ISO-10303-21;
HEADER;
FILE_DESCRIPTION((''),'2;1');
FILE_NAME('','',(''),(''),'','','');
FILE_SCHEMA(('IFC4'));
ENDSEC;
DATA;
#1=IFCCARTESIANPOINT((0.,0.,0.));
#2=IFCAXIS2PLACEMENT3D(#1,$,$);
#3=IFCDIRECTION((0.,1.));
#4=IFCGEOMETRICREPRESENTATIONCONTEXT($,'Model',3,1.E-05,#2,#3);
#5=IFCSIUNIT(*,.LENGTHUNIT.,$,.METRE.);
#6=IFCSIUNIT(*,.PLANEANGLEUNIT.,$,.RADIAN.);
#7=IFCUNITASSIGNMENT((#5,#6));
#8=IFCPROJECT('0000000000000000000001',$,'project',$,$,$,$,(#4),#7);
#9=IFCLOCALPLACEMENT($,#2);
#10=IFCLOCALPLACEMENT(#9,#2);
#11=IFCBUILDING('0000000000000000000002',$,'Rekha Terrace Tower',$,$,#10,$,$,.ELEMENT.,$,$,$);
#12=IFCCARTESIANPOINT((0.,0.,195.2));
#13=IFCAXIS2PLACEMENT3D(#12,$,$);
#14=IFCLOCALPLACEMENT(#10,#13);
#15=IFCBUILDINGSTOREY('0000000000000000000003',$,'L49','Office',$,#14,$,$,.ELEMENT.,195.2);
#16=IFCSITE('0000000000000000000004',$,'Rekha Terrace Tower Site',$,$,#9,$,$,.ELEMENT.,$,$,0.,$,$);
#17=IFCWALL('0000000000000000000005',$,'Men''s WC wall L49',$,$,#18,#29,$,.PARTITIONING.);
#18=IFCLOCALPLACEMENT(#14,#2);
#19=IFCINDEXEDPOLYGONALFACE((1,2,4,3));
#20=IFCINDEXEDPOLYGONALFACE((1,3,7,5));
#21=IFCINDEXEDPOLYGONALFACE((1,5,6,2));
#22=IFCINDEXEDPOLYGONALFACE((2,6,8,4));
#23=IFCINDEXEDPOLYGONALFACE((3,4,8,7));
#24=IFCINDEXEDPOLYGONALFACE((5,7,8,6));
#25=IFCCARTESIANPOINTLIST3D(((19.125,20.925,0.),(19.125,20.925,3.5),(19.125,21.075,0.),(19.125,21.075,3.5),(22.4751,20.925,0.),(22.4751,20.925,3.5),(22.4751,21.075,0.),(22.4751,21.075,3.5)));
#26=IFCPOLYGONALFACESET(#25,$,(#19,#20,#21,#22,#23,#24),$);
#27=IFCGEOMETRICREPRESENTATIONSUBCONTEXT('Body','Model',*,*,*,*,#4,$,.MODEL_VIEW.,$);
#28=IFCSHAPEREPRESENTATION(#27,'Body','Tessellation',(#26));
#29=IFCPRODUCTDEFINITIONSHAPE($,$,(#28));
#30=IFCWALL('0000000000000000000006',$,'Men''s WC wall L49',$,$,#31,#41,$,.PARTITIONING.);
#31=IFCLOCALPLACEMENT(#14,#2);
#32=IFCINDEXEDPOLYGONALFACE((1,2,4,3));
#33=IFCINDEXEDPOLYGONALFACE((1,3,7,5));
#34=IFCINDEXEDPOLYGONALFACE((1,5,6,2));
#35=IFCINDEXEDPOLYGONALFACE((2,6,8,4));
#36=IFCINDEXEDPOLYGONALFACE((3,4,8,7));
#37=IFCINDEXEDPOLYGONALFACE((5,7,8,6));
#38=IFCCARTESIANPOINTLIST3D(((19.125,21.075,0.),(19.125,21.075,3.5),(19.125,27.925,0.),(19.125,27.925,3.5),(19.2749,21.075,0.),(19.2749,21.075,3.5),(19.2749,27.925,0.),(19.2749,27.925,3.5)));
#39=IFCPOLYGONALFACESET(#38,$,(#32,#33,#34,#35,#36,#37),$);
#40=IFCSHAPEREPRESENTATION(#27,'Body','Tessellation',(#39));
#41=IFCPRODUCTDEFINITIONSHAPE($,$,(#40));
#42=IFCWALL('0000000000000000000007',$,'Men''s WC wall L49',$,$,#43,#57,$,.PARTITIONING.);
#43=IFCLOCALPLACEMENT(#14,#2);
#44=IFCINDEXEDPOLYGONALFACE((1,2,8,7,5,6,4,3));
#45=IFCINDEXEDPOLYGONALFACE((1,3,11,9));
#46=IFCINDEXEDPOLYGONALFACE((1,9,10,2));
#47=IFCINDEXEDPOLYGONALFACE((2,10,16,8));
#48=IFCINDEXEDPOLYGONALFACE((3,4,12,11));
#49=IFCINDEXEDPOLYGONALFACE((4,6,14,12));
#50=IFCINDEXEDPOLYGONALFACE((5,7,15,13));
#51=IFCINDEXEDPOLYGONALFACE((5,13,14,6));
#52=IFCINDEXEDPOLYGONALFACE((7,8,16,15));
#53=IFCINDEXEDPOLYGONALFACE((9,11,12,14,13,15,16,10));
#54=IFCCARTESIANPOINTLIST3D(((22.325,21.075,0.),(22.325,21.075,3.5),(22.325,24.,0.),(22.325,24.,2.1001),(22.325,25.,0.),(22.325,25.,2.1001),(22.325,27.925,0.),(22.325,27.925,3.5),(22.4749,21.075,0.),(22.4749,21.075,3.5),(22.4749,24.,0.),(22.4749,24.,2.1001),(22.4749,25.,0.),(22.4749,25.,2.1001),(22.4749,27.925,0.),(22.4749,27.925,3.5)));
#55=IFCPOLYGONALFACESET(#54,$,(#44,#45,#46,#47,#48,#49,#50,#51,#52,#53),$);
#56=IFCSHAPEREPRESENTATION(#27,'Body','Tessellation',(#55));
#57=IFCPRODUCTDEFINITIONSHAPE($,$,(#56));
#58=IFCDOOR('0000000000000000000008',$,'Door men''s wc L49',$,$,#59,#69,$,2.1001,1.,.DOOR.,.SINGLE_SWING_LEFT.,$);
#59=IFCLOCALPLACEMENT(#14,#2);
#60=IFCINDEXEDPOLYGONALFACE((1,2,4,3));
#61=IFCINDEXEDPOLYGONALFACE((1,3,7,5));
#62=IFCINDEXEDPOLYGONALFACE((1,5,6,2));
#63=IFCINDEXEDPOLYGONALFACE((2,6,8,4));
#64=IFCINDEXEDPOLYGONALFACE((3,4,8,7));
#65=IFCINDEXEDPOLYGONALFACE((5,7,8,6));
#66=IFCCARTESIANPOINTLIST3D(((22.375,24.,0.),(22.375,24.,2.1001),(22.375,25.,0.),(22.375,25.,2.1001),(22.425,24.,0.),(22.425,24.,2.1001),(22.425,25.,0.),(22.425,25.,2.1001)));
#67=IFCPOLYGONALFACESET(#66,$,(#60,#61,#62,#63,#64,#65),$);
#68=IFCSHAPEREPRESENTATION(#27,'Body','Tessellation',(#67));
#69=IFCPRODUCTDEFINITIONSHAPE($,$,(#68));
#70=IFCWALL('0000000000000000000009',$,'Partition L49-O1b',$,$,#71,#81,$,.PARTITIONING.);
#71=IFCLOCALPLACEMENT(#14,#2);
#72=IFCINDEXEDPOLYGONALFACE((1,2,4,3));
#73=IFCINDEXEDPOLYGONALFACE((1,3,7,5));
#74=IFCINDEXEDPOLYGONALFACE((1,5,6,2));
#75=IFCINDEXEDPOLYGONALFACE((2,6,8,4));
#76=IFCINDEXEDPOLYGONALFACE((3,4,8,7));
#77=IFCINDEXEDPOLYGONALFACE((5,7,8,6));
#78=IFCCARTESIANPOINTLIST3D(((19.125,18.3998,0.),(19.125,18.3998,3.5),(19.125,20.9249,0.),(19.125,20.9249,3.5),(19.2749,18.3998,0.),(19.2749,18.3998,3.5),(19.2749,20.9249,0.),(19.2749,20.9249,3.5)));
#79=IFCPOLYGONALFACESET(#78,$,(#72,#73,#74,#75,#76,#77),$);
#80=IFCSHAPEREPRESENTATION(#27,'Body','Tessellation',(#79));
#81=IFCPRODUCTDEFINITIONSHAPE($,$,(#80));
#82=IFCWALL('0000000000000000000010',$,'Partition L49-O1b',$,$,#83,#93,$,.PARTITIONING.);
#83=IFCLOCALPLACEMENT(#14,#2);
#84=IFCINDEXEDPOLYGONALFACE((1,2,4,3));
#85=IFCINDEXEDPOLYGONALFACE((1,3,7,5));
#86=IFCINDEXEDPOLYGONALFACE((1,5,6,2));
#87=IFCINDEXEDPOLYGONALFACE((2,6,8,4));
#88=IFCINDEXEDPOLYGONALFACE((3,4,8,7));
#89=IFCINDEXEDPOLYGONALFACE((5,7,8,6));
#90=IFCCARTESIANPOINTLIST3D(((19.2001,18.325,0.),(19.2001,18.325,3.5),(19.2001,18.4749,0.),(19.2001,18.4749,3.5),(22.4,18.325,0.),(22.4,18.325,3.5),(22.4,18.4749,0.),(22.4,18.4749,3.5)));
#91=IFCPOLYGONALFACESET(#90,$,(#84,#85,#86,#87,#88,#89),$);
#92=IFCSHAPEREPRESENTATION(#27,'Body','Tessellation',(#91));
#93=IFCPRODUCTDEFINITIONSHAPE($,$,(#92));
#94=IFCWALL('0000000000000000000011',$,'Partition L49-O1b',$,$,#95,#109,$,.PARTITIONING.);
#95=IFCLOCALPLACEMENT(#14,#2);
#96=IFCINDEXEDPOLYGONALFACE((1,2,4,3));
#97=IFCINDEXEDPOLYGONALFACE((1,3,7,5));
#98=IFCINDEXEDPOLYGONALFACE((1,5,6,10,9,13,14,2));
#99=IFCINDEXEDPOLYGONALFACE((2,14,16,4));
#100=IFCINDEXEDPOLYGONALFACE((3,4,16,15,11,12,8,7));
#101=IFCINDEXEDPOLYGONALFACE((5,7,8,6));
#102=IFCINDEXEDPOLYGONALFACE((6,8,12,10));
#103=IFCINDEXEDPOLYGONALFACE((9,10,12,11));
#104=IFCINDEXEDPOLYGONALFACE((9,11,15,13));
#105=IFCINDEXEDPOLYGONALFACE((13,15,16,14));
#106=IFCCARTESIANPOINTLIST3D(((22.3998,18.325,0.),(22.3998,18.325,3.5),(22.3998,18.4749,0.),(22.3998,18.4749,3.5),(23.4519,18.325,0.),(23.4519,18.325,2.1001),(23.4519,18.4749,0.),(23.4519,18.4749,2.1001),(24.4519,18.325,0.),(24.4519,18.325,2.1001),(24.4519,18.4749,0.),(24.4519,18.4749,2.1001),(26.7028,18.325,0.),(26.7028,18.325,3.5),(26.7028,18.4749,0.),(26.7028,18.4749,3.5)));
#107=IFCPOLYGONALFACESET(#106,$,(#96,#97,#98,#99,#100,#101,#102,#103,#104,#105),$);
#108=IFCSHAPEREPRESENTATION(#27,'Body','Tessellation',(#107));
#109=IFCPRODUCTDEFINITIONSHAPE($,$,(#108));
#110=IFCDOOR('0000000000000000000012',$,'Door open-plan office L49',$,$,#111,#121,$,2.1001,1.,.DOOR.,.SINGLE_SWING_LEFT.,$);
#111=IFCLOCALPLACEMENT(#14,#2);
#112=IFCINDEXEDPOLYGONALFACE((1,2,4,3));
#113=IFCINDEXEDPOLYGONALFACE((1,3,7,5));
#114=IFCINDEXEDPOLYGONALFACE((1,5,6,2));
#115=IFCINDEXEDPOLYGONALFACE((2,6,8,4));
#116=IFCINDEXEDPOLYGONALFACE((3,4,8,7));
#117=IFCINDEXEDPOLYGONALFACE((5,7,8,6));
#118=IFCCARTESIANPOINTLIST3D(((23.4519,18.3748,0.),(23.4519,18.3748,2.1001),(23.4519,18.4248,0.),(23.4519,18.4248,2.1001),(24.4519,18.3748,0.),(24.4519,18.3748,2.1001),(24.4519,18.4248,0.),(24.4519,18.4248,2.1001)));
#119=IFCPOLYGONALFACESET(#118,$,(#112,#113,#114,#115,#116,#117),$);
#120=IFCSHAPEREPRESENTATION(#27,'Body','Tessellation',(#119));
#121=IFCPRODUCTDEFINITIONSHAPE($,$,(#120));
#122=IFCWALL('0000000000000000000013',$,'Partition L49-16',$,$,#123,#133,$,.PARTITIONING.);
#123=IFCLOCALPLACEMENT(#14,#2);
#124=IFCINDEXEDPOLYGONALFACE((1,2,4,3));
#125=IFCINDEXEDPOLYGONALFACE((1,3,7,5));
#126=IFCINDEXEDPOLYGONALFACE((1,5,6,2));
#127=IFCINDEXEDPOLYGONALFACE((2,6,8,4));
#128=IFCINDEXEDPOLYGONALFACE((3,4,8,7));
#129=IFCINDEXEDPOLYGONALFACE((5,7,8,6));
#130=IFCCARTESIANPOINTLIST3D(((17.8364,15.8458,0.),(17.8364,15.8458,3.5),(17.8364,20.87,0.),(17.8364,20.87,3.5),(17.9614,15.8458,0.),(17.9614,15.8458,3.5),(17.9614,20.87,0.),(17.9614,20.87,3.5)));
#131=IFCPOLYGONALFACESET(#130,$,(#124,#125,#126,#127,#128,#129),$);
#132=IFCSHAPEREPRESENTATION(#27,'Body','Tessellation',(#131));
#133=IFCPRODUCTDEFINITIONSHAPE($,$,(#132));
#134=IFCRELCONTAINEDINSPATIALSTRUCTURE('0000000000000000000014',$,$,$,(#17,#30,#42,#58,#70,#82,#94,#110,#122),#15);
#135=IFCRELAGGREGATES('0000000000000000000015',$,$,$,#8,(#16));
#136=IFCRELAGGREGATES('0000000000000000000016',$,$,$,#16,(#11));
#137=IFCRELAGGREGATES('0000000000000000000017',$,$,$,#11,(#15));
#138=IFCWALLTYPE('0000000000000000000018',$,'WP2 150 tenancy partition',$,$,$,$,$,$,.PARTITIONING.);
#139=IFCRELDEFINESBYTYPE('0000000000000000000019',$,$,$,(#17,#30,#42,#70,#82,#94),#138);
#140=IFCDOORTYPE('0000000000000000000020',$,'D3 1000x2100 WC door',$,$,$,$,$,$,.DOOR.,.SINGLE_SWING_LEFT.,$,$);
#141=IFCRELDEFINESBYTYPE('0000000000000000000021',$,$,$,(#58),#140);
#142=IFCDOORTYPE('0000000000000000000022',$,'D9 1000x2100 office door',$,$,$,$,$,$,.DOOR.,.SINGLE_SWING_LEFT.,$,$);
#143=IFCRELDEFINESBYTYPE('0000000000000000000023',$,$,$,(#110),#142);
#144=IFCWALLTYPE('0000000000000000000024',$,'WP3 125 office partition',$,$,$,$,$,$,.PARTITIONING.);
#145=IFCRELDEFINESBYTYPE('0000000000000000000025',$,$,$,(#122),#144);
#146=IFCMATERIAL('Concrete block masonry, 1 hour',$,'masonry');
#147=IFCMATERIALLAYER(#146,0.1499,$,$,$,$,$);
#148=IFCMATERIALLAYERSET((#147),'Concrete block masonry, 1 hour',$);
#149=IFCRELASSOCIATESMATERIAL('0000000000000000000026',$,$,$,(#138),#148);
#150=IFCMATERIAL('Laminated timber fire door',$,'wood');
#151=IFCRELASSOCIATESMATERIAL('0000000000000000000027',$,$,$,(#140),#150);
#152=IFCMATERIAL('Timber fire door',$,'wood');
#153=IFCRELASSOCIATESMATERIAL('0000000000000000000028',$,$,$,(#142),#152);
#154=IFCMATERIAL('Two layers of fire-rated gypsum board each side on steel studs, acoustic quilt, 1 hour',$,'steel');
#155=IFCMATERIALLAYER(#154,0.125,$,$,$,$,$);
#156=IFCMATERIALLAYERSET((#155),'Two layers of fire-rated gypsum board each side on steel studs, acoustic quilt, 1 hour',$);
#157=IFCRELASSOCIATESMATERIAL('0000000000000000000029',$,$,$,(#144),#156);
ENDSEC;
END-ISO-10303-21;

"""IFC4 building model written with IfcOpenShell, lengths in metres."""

from ifc_helpers import new_model, si_unit, direction, frame, frame_2d, origin, place, context, subcontext, project, spatial, rectangle, extrude, material, layer, layer_set, type_object, element, fill, save


model = new_model("IFC4")

# Units and contexts
model_context = context("Model", 3, precision=1e-05, world=origin(), true_north=direction((0.0, 1.0)))
body_context = subcontext(model_context, "Body", "Model", "MODEL_VIEW")
ifc_project = project(units=[si_unit("LENGTHUNIT", "METRE"), si_unit("PLANEANGLEUNIT", "RADIAN")], contexts=[model_context])

# Site, building, storey
site_placement = place(None, origin())
site = spatial("IfcSite", under=ifc_project, at=site_placement, Name="Rekha Terrace Tower Site", CompositionType="ELEMENT", RefElevation=0.0)
building_placement = place(site_placement, origin())
building = spatial("IfcBuilding", under=site, at=building_placement, Name="Rekha Terrace Tower", CompositionType="ELEMENT")
storey_placement = place(building_placement, frame((0.0, 0.0, 195.2)))
storey = spatial("IfcBuildingStorey", under=building, at=storey_placement, Name="L49", Description="Office", CompositionType="ELEMENT", Elevation=195.2)

# Walls
ifc_material_1 = material(Name="Concrete block masonry, 1 hour", Category="masonry")
ifc_layer_1 = layer(ifc_material_1, 0.1499)
ifc_layer_set_1 = layer_set([ifc_layer_1], Name="Concrete block masonry, 1 hour")
wall_type_1 = type_object("IfcWallType", Name="WP2 150 tenancy partition", PredefinedType="PARTITIONING", material=ifc_layer_set_1)
wall_1_placement = place(storey_placement, frame((19.125, 21.0, 0.0), z_axis=(0.0, 0.0, 1.0), x_axis=(1.0, 0.0, 0.0)))
element("IfcWall", 1, at=wall_1_placement, inside=storey, type_object=wall_type_1, Name="Men's WC wall L49", PredefinedType="PARTITIONING", context=body_context, shape_type="SweptSolid", body=[
    extrude(rectangle(XDim=3.3501, YDim=0.1499, at=frame_2d((1.675, 0.0))), origin(), (0.0, 0.0, 1.0), 3.5),
])
wall_2_placement = place(storey_placement, frame((19.2, 21.075, 0.0), z_axis=(0.0, 0.0, 1.0), x_axis=(0.0, 1.0, 0.0)))
element("IfcWall", 2, at=wall_2_placement, inside=storey, type_object=wall_type_1, Name="Men's WC wall L49", PredefinedType="PARTITIONING", context=body_context, shape_type="SweptSolid", body=[
    extrude(rectangle(XDim=6.8501, YDim=0.1499, at=frame_2d((3.425, 0.0))), origin(), (0.0, 0.0, 1.0), 3.5),
])

# Wall, opening, door
wall_3_placement = place(storey_placement, frame((22.3999, 21.075, 0.0), z_axis=(0.0, 0.0, 1.0), x_axis=(0.0, 1.0, 0.0)))
wall_3 = element("IfcWall", 3, at=wall_3_placement, inside=storey, type_object=wall_type_1, Name="Men's WC wall L49", PredefinedType="PARTITIONING", context=body_context, shape_type="SweptSolid", body=[
    extrude(rectangle(XDim=6.8501, YDim=0.1499, at=frame_2d((3.425, 0.0))), origin(), (0.0, 0.0, 1.0), 3.5),
])
opening_1_placement = place(wall_3_placement, frame((2.925, 0.0, 0.0)))
opening_1 = element("IfcOpeningElement", 4, at=opening_1_placement, cuts=wall_3, PredefinedType="OPENING", context=body_context, shape_type="SweptSolid", body=[
    extrude(rectangle(XDim=1.0, YDim=2.1001, at=frame_2d((0.5, 1.05))), frame((0.0, 0.085, 0.0), z_axis=(0.0, -1.0, 0.0), x_axis=(1.0, 0.0, 0.0)), (0.0, 0.0, 1.0), 0.1699),
])
ifc_material_2 = material(Name="Laminated timber fire door", Category="wood")
door_type_1 = type_object("IfcDoorType", Name="D3 1000x2100 WC door", OperationType="SINGLE_SWING_LEFT", PredefinedType="DOOR", material=ifc_material_2)
door_1_placement = place(opening_1_placement, origin())
door_1 = element("IfcDoor", 5, at=door_1_placement, inside=storey, type_object=door_type_1, Name="Door men's wc L49", OperationType="SINGLE_SWING_LEFT", OverallHeight=2.1001, OverallWidth=1.0, PredefinedType="DOOR", context=body_context, shape_type="SweptSolid", body=[
    extrude(rectangle(XDim=1.0, YDim=2.1001, at=frame_2d((0.5, 1.05))), frame((0.0, 0.0249, 0.0), z_axis=(0.0, -1.0, 0.0), x_axis=(1.0, 0.0, 0.0)), (0.0, 0.0, 1.0), 0.05),
])
fill(opening_1, door_1)

# Walls
wall_4_placement = place(storey_placement, frame((19.2, 20.925, 0.0), z_axis=(0.0, 0.0, 1.0), x_axis=(0.0, -1.0, 0.0)))
element("IfcWall", 6, at=wall_4_placement, inside=storey, type_object=wall_type_1, Name="Partition L49-O1b", PredefinedType="PARTITIONING", context=body_context, shape_type="SweptSolid", body=[
    extrude(rectangle(XDim=2.5251, YDim=0.1499, at=frame_2d((1.2627, 0.0))), origin(), (0.0, 0.0, 1.0), 3.5),
])
wall_5_placement = place(storey_placement, frame((19.2, 18.3999, 0.0), z_axis=(0.0, 0.0, 1.0), x_axis=(1.0, 0.0, 0.0)))
element("IfcWall", 7, at=wall_5_placement, inside=storey, type_object=wall_type_1, Name="Partition L49-O1b", PredefinedType="PARTITIONING", context=body_context, shape_type="SweptSolid", body=[
    extrude(rectangle(XDim=3.2, YDim=0.1499, at=frame_2d((1.6001, 0.0))), origin(), (0.0, 0.0, 1.0), 3.5),
])

# Wall, opening, door
wall_6_placement = place(storey_placement, frame((22.3999, 18.3999, 0.0), z_axis=(0.0, 0.0, 1.0), x_axis=(1.0, 0.0, 0.0)))
wall_6 = element("IfcWall", 8, at=wall_6_placement, inside=storey, type_object=wall_type_1, Name="Partition L49-O1b", PredefinedType="PARTITIONING", context=body_context, shape_type="SweptSolid", body=[
    extrude(rectangle(XDim=4.303, YDim=0.1499, at=frame_2d((2.1514, 0.0))), origin(), (0.0, 0.0, 1.0), 3.5),
])
opening_2_placement = place(wall_6_placement, frame((1.052, 0.0, 0.0)))
opening_2 = element("IfcOpeningElement", 9, at=opening_2_placement, cuts=wall_6, PredefinedType="OPENING", context=body_context, shape_type="SweptSolid", body=[
    extrude(rectangle(XDim=1.0, YDim=2.1001, at=frame_2d((0.5, 1.05))), frame((0.0, 0.085, 0.0), z_axis=(0.0, -1.0, 0.0), x_axis=(1.0, 0.0, 0.0)), (0.0, 0.0, 1.0), 0.1699),
])
ifc_material_3 = material(Name="Timber fire door", Category="wood")
door_type_2 = type_object("IfcDoorType", Name="D9 1000x2100 office door", OperationType="SINGLE_SWING_LEFT", PredefinedType="DOOR", material=ifc_material_3)
door_2_placement = place(opening_2_placement, origin())
door_2 = element("IfcDoor", 10, at=door_2_placement, inside=storey, type_object=door_type_2, Name="Door open-plan office L49", OperationType="SINGLE_SWING_LEFT", OverallHeight=2.1001, OverallWidth=1.0, PredefinedType="DOOR", context=body_context, shape_type="SweptSolid", body=[
    extrude(rectangle(XDim=1.0, YDim=2.1001, at=frame_2d((0.5, 1.05))), frame((0.0, 0.0249, 0.0), z_axis=(0.0, -1.0, 0.0), x_axis=(1.0, 0.0, 0.0)), (0.0, 0.0, 1.0), 0.05),
])
fill(opening_2, door_2)

# Wall
ifc_material_4 = material(Name="Two layers of fire-rated gypsum board each side on steel studs, acoustic quilt, 1 hour", Category="steel")
ifc_layer_2 = layer(ifc_material_4, 0.125)
ifc_layer_set_2 = layer_set([ifc_layer_2], Name="Two layers of fire-rated gypsum board each side on steel studs, acoustic quilt, 1 hour")
wall_type_2 = type_object("IfcWallType", Name="WP3 125 office partition", PredefinedType="PARTITIONING", material=ifc_layer_set_2)
wall_7_placement = place(storey_placement, frame((17.8989, 20.8701, 0.0), z_axis=(0.0, 0.0, 1.0), x_axis=(0.0, -1.0, 0.0)))
element("IfcWall", 11, at=wall_7_placement, inside=storey, type_object=wall_type_2, Name="Partition L49-16", PredefinedType="PARTITIONING", context=body_context, shape_type="SweptSolid", body=[
    extrude(rectangle(XDim=5.0242, YDim=0.125, at=frame_2d((2.5122, 0.0))), origin(), (0.0, 0.0, 1.0), 3.5),
])

save(model, "model.ifc")
